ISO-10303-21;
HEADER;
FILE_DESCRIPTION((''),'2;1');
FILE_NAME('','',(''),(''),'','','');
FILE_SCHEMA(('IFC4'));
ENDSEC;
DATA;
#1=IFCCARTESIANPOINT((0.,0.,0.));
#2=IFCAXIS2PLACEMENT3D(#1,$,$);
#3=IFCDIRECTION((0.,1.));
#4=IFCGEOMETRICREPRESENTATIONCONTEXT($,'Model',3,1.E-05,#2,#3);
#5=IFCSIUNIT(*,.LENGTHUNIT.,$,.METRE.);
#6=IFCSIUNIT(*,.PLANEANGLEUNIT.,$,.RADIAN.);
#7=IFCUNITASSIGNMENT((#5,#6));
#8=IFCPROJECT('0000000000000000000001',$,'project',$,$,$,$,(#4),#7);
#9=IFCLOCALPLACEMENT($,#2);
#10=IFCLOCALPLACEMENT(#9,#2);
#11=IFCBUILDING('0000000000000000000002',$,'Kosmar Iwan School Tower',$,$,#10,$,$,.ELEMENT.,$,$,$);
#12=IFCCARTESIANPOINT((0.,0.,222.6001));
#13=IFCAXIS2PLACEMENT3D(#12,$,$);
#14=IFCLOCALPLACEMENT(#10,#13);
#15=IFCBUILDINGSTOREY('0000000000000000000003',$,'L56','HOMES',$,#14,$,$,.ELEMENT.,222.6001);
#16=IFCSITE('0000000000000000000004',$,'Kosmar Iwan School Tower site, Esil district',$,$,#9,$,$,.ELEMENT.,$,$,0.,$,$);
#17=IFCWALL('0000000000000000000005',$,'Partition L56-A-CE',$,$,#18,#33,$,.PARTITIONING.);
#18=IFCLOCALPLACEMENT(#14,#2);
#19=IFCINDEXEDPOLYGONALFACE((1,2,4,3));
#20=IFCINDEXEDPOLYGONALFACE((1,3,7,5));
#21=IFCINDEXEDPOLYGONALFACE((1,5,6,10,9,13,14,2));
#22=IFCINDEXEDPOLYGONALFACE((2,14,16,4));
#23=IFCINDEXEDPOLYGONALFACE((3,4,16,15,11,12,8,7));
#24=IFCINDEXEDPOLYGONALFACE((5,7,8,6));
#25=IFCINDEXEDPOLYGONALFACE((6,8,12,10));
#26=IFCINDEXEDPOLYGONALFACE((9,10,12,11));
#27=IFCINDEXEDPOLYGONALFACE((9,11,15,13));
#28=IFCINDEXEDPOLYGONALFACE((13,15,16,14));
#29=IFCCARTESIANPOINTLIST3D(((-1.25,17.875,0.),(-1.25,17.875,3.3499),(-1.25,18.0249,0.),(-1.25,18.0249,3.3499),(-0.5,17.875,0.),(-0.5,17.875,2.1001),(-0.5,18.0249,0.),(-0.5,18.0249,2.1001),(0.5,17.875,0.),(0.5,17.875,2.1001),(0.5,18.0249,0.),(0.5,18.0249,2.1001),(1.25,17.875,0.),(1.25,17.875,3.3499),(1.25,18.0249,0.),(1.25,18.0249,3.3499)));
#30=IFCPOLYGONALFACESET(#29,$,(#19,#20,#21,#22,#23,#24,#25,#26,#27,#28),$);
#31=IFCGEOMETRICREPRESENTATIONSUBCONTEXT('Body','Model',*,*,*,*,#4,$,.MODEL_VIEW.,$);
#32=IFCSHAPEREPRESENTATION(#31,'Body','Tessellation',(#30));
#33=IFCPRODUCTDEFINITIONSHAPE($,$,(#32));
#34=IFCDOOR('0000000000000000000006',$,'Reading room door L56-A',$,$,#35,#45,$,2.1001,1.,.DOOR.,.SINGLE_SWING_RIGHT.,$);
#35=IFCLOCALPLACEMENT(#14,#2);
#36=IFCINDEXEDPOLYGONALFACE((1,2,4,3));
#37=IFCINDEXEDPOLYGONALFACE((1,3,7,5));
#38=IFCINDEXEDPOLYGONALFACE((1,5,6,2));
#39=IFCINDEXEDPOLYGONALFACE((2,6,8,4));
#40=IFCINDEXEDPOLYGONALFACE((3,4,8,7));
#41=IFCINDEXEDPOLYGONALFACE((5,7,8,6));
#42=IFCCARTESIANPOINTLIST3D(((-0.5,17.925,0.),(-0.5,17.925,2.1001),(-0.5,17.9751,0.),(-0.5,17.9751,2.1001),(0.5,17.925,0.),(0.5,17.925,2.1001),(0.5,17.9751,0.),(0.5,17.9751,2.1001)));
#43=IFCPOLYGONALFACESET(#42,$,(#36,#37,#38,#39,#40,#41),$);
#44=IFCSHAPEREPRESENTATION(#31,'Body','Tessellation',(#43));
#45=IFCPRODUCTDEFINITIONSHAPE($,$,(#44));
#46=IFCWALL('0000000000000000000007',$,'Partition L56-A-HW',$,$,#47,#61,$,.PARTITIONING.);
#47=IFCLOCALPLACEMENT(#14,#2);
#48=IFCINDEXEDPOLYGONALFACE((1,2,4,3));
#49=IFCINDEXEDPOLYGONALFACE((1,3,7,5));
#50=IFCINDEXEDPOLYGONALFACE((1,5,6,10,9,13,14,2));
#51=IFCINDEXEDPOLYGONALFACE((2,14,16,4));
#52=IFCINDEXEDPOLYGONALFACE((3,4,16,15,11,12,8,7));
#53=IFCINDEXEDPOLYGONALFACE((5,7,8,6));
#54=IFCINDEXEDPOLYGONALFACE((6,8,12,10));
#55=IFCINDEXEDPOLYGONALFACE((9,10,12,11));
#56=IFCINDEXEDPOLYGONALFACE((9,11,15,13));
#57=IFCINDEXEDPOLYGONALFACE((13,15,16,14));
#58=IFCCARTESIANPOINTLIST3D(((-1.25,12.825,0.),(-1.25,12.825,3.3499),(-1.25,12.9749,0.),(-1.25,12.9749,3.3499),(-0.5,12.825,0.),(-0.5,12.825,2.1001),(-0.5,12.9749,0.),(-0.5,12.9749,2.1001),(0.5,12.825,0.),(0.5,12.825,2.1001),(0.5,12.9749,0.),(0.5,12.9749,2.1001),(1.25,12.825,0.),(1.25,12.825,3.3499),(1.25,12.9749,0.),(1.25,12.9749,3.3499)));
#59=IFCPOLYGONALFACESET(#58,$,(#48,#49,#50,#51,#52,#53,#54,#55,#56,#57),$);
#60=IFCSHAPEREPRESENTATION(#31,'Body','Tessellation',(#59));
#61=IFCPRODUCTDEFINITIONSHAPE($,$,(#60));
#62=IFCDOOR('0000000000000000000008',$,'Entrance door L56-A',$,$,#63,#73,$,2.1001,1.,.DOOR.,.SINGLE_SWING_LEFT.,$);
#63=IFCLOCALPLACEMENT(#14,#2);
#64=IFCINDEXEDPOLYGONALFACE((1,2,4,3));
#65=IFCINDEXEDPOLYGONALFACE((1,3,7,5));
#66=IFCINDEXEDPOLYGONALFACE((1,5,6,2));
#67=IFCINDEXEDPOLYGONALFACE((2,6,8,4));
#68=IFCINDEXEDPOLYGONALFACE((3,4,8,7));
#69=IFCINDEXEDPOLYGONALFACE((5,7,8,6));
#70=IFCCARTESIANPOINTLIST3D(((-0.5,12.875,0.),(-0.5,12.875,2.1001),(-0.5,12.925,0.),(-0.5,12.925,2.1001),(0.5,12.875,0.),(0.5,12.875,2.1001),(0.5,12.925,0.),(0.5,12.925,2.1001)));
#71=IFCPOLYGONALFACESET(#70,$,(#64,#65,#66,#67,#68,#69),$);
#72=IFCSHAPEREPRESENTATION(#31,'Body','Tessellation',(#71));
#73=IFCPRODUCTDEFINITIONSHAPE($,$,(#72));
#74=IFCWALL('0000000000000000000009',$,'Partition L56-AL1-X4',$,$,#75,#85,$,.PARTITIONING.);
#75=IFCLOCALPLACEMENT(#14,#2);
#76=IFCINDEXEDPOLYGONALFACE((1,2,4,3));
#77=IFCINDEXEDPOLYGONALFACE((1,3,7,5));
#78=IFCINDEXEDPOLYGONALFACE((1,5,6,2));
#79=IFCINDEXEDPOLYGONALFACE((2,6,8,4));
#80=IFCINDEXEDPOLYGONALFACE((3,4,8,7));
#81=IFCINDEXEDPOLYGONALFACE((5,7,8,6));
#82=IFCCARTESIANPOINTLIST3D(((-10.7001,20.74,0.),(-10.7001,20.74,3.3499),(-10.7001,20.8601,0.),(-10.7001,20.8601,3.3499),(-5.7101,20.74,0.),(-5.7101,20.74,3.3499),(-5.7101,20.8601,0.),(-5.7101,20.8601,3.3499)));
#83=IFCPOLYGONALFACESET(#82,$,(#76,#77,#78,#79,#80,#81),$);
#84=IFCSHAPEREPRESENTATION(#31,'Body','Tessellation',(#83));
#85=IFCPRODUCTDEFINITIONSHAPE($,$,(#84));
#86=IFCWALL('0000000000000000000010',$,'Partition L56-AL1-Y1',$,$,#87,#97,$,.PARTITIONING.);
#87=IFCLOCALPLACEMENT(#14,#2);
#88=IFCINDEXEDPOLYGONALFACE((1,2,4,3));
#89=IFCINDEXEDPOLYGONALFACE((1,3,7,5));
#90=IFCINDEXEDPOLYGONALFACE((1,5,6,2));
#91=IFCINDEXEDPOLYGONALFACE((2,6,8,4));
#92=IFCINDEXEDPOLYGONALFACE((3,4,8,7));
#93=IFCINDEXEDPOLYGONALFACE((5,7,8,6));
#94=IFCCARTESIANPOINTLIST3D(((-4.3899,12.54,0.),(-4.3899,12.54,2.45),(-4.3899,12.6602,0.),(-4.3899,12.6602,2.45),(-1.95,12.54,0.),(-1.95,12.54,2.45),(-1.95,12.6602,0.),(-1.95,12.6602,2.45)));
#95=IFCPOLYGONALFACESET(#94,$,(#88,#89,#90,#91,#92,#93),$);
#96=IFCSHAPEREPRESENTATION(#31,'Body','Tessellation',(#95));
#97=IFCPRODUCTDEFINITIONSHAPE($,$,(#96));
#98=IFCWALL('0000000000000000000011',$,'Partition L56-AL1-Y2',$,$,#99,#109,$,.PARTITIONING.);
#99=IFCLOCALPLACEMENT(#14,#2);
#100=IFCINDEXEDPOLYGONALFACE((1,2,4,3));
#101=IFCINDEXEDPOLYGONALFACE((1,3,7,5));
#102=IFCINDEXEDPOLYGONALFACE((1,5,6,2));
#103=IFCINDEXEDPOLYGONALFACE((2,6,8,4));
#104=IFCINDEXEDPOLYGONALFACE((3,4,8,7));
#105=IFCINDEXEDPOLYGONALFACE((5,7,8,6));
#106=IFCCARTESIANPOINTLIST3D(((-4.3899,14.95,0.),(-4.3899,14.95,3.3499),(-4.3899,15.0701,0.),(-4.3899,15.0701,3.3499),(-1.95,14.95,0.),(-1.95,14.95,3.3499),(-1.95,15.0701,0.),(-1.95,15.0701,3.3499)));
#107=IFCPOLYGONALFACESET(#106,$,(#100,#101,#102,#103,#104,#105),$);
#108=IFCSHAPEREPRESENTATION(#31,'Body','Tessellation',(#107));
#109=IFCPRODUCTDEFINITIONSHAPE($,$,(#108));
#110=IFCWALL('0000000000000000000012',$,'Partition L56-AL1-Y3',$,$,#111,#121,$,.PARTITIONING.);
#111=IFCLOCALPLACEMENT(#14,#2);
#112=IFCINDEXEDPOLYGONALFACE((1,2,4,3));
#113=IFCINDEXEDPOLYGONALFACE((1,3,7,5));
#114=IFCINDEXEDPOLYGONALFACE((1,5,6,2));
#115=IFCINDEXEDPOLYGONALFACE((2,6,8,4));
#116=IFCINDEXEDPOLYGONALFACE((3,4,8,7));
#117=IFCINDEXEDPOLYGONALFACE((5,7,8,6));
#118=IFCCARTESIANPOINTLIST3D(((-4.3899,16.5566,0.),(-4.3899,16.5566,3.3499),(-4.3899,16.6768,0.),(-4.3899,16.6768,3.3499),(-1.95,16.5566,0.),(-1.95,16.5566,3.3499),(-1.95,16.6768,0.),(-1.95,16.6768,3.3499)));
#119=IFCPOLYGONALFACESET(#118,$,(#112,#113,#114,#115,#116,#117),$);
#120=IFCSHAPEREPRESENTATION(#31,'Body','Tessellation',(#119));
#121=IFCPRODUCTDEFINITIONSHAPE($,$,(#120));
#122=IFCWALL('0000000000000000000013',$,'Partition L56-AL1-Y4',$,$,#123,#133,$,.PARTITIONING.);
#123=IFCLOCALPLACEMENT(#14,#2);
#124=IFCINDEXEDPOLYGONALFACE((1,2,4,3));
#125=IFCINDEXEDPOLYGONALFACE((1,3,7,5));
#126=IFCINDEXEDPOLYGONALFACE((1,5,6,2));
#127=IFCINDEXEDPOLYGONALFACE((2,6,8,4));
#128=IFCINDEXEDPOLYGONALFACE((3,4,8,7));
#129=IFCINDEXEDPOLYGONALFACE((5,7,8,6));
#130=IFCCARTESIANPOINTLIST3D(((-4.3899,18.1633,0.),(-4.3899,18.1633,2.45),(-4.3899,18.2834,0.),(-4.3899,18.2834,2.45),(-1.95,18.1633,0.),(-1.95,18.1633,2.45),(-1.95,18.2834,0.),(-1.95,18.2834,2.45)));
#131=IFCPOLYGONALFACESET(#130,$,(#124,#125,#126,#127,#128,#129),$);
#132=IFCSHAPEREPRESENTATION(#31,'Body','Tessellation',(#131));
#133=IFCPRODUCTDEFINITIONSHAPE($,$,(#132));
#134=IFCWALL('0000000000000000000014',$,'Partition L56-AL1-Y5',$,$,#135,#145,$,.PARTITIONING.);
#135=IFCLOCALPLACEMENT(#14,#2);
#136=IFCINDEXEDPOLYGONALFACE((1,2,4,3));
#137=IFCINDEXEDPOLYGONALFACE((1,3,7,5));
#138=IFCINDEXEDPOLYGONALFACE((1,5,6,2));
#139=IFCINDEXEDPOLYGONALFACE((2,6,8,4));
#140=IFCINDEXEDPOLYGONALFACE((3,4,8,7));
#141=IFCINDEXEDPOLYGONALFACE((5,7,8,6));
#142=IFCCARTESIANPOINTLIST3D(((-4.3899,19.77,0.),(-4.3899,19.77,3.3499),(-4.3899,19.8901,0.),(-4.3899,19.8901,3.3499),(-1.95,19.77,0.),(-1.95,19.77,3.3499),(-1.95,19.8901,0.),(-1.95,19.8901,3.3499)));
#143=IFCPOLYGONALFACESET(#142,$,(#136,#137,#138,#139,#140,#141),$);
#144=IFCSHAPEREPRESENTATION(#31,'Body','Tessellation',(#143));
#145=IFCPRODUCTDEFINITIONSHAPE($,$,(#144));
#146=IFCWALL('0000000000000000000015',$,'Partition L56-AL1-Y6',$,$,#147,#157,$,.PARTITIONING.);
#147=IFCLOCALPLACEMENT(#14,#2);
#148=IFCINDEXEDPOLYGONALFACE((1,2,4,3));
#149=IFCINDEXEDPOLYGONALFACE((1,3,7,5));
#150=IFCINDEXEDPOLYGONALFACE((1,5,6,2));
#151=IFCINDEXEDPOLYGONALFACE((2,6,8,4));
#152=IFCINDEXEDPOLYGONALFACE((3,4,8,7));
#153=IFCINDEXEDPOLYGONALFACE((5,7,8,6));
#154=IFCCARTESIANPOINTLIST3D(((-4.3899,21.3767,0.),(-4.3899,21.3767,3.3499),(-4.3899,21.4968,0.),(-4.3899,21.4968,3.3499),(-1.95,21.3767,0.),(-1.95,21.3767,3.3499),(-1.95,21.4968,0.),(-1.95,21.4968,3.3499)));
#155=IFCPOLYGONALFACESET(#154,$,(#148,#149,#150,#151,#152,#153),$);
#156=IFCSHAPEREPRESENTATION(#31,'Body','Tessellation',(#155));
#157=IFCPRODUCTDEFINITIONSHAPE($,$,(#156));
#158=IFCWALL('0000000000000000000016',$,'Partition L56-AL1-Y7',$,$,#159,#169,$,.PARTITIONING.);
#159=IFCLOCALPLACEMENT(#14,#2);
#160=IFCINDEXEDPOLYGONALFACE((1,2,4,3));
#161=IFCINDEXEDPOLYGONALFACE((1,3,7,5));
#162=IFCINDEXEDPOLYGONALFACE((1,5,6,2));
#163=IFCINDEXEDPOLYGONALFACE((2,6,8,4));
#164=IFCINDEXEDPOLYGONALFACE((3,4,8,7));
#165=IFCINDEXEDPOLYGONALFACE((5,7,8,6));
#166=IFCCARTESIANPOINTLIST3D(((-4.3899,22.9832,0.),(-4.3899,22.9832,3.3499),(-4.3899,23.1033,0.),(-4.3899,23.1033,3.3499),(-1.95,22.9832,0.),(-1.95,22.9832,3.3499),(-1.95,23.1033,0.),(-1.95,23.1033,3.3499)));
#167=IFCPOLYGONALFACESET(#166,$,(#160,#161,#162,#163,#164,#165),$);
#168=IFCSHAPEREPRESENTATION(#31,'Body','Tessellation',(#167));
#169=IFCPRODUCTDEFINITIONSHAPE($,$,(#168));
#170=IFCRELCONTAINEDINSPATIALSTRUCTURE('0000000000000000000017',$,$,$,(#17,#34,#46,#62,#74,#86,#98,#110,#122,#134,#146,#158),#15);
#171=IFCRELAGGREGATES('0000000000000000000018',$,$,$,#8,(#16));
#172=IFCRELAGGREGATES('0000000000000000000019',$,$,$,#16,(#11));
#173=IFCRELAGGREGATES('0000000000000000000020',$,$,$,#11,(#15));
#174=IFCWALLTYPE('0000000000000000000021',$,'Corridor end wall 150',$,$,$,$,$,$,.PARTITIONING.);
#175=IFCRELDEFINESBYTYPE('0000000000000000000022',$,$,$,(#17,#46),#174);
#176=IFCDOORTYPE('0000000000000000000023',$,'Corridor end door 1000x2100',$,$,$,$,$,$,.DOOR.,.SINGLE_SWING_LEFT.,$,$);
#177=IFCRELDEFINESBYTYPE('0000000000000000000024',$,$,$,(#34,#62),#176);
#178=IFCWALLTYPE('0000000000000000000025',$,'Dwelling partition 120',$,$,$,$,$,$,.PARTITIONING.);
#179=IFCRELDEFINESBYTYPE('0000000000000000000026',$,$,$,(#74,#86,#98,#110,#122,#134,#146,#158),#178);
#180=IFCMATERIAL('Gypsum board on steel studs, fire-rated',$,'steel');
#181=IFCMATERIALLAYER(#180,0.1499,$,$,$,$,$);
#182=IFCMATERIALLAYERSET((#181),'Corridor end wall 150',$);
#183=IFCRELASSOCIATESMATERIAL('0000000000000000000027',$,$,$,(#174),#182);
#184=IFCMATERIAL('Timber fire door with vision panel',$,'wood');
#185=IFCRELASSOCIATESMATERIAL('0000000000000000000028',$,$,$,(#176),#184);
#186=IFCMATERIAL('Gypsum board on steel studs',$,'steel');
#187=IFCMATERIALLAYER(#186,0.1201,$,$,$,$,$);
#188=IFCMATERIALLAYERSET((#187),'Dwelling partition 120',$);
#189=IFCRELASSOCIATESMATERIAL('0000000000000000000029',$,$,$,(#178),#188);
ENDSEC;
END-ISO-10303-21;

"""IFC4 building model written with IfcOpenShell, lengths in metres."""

from ifc_helpers import new_model, si_unit, direction, frame, frame_2d, origin, place, context, subcontext, project, spatial, rectangle, extrude, material, layer, layer_set, type_object, element, fill, save


model = new_model("IFC4")

# Units and contexts
model_context = context("Model", 3, precision=1e-05, world=origin(), true_north=direction((0.0, 1.0)))
body_context = subcontext(model_context, "Body", "Model", "MODEL_VIEW")
ifc_project = project(units=[si_unit("LENGTHUNIT", "METRE"), si_unit("PLANEANGLEUNIT", "RADIAN")], contexts=[model_context])

# Site, building, storey
site_placement = place(None, origin())
site = spatial("IfcSite", under=ifc_project, at=site_placement, Name="Kosmar Iwan School Tower site, Esil district", CompositionType="ELEMENT", RefElevation=0.0)
building_placement = place(site_placement, origin())
building = spatial("IfcBuilding", under=site, at=building_placement, Name="Kosmar Iwan School Tower", CompositionType="ELEMENT")
storey_placement = place(building_placement, frame((0.0, 0.0, 222.6001)))
storey = spatial("IfcBuildingStorey", under=building, at=storey_placement, Name="L56", Description="HOMES", CompositionType="ELEMENT", Elevation=222.6001)

# Walls, openings, doors
ifc_material_1 = material(Name="Gypsum board on steel studs, fire-rated", Category="steel")
ifc_layer_1 = layer(ifc_material_1, 0.1499)
ifc_layer_set_1 = layer_set([ifc_layer_1], Name="Corridor end wall 150")
wall_type_1 = type_object("IfcWallType", Name="Corridor end wall 150", PredefinedType="PARTITIONING", material=ifc_layer_set_1)
wall_1_placement = place(storey_placement, frame((1.25, 17.95, 0.0), z_axis=(0.0, 0.0, 1.0), x_axis=(-1.0, 0.0, 0.0)))
wall_1 = element("IfcWall", 1, at=wall_1_placement, inside=storey, type_object=wall_type_1, Name="Partition L56-A-CE", PredefinedType="PARTITIONING", context=body_context, shape_type="SweptSolid", body=[
    extrude(rectangle(XDim=2.5, YDim=0.1499, at=frame_2d((1.25, 0.0))), origin(), (0.0, 0.0, 1.0), 3.3499),
])
opening_1_placement = place(wall_1_placement, frame((0.75, 0.0, 0.0)))
opening_1 = element("IfcOpeningElement", 2, at=opening_1_placement, cuts=wall_1, PredefinedType="OPENING", context=body_context, shape_type="SweptSolid", body=[
    extrude(rectangle(XDim=1.0, YDim=2.1001, at=frame_2d((0.5, 1.05))), frame((0.0, 0.0869, 0.0), z_axis=(0.0, -1.0, 0.0), x_axis=(1.0, 0.0, 0.0)), (0.0, 0.0, 1.0), 0.1738),
])
ifc_material_2 = material(Name="Timber fire door with vision panel", Category="wood")
door_type = type_object("IfcDoorType", Name="Corridor end door 1000x2100", OperationType="SINGLE_SWING_LEFT", PredefinedType="DOOR", material=ifc_material_2)
door_1_placement = place(opening_1_placement, origin())
door_1 = element("IfcDoor", 3, at=door_1_placement, inside=storey, type_object=door_type, Name="Reading room door L56-A", OperationType="SINGLE_SWING_RIGHT", OverallHeight=2.1001, OverallWidth=1.0, PredefinedType="DOOR", context=body_context, shape_type="SweptSolid", body=[
    extrude(rectangle(XDim=1.0, YDim=2.1001, at=frame_2d((0.5, 1.05))), frame((0.0, 0.0249, 0.0), z_axis=(0.0, -1.0, 0.0), x_axis=(1.0, 0.0, 0.0)), (0.0, 0.0, 1.0), 0.05),
])
fill(opening_1, door_1)
wall_2_placement = place(storey_placement, frame((1.25, 12.8999, 0.0), z_axis=(0.0, 0.0, 1.0), x_axis=(-1.0, 0.0, 0.0)))
wall_2 = element("IfcWall", 4, at=wall_2_placement, inside=storey, type_object=wall_type_1, Name="Partition L56-A-HW", PredefinedType="PARTITIONING", context=body_context, shape_type="SweptSolid", body=[
    extrude(rectangle(XDim=2.5, YDim=0.1499, at=frame_2d((1.25, 0.0))), origin(), (0.0, 0.0, 1.0), 3.3499),
])
opening_2_placement = place(wall_2_placement, frame((0.75, 0.0, 0.0)))
opening_2 = element("IfcOpeningElement", 5, at=opening_2_placement, cuts=wall_2, PredefinedType="OPENING", context=body_context, shape_type="SweptSolid", body=[
    extrude(rectangle(XDim=1.0, YDim=2.1001, at=frame_2d((0.5, 1.05))), frame((0.0, 0.0869, 0.0), z_axis=(0.0, -1.0, 0.0), x_axis=(1.0, 0.0, 0.0)), (0.0, 0.0, 1.0), 0.1738),
])
door_2_placement = place(opening_2_placement, origin())
door_2 = element("IfcDoor", 6, at=door_2_placement, inside=storey, type_object=door_type, Name="Entrance door L56-A", OperationType="SINGLE_SWING_LEFT", OverallHeight=2.1001, OverallWidth=1.0, PredefinedType="DOOR", context=body_context, shape_type="SweptSolid", body=[
    extrude(rectangle(XDim=1.0, YDim=2.1001, at=frame_2d((0.5, 1.05))), frame((0.0, 0.0249, 0.0), z_axis=(0.0, -1.0, 0.0), x_axis=(1.0, 0.0, 0.0)), (0.0, 0.0, 1.0), 0.05),
])
fill(opening_2, door_2)

# Walls
ifc_material_3 = material(Name="Gypsum board on steel studs", Category="steel")
ifc_layer_2 = layer(ifc_material_3, 0.1201)
ifc_layer_set_2 = layer_set([ifc_layer_2], Name="Dwelling partition 120")
wall_type_2 = type_object("IfcWallType", Name="Dwelling partition 120", PredefinedType="PARTITIONING", material=ifc_layer_set_2)
wall_3_placement = place(storey_placement, frame((-5.71, 20.8, 0.0), z_axis=(0.0, 0.0, 1.0), x_axis=(-1.0, 0.0, 0.0)))
element("IfcWall", 7, at=wall_3_placement, inside=storey, type_object=wall_type_2, Name="Partition L56-AL1-X4", PredefinedType="PARTITIONING", context=body_context, shape_type="SweptSolid", body=[
    extrude(rectangle(XDim=4.99, YDim=0.1201, at=frame_2d((2.4951, 0.0))), origin(), (0.0, 0.0, 1.0), 3.3499),
])
wall_4_placement = place(storey_placement, frame((-1.95, 12.6001, 0.0), z_axis=(0.0, 0.0, 1.0), x_axis=(-1.0, 0.0, 0.0)))
element("IfcWall", 8, at=wall_4_placement, inside=storey, type_object=wall_type_2, Name="Partition L56-AL1-Y1", PredefinedType="PARTITIONING", context=body_context, shape_type="SweptSolid", body=[
    extrude(rectangle(XDim=2.4399, YDim=0.1201, at=frame_2d((1.22, 0.0))), origin(), (0.0, 0.0, 1.0), 2.45),
])
for number, where, z_axis, x_axis, name in (
    (9, (-1.95, 15.01, 0.0), (0.0, 0.0, 1.0), (-1.0, 0.0, 0.0), "Partition L56-AL1-Y2"),
    (10, (-1.95, 16.6167, 0.0), (0.0, 0.0, 1.0), (-1.0, 0.0, 0.0), "Partition L56-AL1-Y3"),
):
    element("IfcWall", number, at=place(storey_placement, frame(where, z_axis=z_axis, x_axis=x_axis)), inside=storey, type_object=wall_type_2, Name=name, PredefinedType="PARTITIONING", context=body_context, shape_type="SweptSolid", body=[
        extrude(rectangle(XDim=2.4399, YDim=0.1201, at=frame_2d((1.22, 0.0))), origin(), (0.0, 0.0, 1.0), 3.3499),
    ])
wall_5_placement = place(storey_placement, frame((-1.95, 18.2234, 0.0), z_axis=(0.0, 0.0, 1.0), x_axis=(-1.0, 0.0, 0.0)))
element("IfcWall", 11, at=wall_5_placement, inside=storey, type_object=wall_type_2, Name="Partition L56-AL1-Y4", PredefinedType="PARTITIONING", context=body_context, shape_type="SweptSolid", body=[
    extrude(rectangle(XDim=2.4399, YDim=0.1201, at=frame_2d((1.22, 0.0))), origin(), (0.0, 0.0, 1.0), 2.45),
])
for number, where, z_axis, x_axis, name in (
    (12, (-1.95, 19.8301, 0.0), (0.0, 0.0, 1.0), (-1.0, 0.0, 0.0), "Partition L56-AL1-Y5"),
    (13, (-1.95, 21.4368, 0.0), (0.0, 0.0, 1.0), (-1.0, 0.0, 0.0), "Partition L56-AL1-Y6"),
    (14, (-1.95, 23.0432, 0.0), (0.0, 0.0, 1.0), (-1.0, 0.0, 0.0), "Partition L56-AL1-Y7"),
):
    element("IfcWall", number, at=place(storey_placement, frame(where, z_axis=z_axis, x_axis=x_axis)), inside=storey, type_object=wall_type_2, Name=name, PredefinedType="PARTITIONING", context=body_context, shape_type="SweptSolid", body=[
        extrude(rectangle(XDim=2.4399, YDim=0.1201, at=frame_2d((1.22, 0.0))), origin(), (0.0, 0.0, 1.0), 3.3499),
    ])

save(model, "model.ifc")
